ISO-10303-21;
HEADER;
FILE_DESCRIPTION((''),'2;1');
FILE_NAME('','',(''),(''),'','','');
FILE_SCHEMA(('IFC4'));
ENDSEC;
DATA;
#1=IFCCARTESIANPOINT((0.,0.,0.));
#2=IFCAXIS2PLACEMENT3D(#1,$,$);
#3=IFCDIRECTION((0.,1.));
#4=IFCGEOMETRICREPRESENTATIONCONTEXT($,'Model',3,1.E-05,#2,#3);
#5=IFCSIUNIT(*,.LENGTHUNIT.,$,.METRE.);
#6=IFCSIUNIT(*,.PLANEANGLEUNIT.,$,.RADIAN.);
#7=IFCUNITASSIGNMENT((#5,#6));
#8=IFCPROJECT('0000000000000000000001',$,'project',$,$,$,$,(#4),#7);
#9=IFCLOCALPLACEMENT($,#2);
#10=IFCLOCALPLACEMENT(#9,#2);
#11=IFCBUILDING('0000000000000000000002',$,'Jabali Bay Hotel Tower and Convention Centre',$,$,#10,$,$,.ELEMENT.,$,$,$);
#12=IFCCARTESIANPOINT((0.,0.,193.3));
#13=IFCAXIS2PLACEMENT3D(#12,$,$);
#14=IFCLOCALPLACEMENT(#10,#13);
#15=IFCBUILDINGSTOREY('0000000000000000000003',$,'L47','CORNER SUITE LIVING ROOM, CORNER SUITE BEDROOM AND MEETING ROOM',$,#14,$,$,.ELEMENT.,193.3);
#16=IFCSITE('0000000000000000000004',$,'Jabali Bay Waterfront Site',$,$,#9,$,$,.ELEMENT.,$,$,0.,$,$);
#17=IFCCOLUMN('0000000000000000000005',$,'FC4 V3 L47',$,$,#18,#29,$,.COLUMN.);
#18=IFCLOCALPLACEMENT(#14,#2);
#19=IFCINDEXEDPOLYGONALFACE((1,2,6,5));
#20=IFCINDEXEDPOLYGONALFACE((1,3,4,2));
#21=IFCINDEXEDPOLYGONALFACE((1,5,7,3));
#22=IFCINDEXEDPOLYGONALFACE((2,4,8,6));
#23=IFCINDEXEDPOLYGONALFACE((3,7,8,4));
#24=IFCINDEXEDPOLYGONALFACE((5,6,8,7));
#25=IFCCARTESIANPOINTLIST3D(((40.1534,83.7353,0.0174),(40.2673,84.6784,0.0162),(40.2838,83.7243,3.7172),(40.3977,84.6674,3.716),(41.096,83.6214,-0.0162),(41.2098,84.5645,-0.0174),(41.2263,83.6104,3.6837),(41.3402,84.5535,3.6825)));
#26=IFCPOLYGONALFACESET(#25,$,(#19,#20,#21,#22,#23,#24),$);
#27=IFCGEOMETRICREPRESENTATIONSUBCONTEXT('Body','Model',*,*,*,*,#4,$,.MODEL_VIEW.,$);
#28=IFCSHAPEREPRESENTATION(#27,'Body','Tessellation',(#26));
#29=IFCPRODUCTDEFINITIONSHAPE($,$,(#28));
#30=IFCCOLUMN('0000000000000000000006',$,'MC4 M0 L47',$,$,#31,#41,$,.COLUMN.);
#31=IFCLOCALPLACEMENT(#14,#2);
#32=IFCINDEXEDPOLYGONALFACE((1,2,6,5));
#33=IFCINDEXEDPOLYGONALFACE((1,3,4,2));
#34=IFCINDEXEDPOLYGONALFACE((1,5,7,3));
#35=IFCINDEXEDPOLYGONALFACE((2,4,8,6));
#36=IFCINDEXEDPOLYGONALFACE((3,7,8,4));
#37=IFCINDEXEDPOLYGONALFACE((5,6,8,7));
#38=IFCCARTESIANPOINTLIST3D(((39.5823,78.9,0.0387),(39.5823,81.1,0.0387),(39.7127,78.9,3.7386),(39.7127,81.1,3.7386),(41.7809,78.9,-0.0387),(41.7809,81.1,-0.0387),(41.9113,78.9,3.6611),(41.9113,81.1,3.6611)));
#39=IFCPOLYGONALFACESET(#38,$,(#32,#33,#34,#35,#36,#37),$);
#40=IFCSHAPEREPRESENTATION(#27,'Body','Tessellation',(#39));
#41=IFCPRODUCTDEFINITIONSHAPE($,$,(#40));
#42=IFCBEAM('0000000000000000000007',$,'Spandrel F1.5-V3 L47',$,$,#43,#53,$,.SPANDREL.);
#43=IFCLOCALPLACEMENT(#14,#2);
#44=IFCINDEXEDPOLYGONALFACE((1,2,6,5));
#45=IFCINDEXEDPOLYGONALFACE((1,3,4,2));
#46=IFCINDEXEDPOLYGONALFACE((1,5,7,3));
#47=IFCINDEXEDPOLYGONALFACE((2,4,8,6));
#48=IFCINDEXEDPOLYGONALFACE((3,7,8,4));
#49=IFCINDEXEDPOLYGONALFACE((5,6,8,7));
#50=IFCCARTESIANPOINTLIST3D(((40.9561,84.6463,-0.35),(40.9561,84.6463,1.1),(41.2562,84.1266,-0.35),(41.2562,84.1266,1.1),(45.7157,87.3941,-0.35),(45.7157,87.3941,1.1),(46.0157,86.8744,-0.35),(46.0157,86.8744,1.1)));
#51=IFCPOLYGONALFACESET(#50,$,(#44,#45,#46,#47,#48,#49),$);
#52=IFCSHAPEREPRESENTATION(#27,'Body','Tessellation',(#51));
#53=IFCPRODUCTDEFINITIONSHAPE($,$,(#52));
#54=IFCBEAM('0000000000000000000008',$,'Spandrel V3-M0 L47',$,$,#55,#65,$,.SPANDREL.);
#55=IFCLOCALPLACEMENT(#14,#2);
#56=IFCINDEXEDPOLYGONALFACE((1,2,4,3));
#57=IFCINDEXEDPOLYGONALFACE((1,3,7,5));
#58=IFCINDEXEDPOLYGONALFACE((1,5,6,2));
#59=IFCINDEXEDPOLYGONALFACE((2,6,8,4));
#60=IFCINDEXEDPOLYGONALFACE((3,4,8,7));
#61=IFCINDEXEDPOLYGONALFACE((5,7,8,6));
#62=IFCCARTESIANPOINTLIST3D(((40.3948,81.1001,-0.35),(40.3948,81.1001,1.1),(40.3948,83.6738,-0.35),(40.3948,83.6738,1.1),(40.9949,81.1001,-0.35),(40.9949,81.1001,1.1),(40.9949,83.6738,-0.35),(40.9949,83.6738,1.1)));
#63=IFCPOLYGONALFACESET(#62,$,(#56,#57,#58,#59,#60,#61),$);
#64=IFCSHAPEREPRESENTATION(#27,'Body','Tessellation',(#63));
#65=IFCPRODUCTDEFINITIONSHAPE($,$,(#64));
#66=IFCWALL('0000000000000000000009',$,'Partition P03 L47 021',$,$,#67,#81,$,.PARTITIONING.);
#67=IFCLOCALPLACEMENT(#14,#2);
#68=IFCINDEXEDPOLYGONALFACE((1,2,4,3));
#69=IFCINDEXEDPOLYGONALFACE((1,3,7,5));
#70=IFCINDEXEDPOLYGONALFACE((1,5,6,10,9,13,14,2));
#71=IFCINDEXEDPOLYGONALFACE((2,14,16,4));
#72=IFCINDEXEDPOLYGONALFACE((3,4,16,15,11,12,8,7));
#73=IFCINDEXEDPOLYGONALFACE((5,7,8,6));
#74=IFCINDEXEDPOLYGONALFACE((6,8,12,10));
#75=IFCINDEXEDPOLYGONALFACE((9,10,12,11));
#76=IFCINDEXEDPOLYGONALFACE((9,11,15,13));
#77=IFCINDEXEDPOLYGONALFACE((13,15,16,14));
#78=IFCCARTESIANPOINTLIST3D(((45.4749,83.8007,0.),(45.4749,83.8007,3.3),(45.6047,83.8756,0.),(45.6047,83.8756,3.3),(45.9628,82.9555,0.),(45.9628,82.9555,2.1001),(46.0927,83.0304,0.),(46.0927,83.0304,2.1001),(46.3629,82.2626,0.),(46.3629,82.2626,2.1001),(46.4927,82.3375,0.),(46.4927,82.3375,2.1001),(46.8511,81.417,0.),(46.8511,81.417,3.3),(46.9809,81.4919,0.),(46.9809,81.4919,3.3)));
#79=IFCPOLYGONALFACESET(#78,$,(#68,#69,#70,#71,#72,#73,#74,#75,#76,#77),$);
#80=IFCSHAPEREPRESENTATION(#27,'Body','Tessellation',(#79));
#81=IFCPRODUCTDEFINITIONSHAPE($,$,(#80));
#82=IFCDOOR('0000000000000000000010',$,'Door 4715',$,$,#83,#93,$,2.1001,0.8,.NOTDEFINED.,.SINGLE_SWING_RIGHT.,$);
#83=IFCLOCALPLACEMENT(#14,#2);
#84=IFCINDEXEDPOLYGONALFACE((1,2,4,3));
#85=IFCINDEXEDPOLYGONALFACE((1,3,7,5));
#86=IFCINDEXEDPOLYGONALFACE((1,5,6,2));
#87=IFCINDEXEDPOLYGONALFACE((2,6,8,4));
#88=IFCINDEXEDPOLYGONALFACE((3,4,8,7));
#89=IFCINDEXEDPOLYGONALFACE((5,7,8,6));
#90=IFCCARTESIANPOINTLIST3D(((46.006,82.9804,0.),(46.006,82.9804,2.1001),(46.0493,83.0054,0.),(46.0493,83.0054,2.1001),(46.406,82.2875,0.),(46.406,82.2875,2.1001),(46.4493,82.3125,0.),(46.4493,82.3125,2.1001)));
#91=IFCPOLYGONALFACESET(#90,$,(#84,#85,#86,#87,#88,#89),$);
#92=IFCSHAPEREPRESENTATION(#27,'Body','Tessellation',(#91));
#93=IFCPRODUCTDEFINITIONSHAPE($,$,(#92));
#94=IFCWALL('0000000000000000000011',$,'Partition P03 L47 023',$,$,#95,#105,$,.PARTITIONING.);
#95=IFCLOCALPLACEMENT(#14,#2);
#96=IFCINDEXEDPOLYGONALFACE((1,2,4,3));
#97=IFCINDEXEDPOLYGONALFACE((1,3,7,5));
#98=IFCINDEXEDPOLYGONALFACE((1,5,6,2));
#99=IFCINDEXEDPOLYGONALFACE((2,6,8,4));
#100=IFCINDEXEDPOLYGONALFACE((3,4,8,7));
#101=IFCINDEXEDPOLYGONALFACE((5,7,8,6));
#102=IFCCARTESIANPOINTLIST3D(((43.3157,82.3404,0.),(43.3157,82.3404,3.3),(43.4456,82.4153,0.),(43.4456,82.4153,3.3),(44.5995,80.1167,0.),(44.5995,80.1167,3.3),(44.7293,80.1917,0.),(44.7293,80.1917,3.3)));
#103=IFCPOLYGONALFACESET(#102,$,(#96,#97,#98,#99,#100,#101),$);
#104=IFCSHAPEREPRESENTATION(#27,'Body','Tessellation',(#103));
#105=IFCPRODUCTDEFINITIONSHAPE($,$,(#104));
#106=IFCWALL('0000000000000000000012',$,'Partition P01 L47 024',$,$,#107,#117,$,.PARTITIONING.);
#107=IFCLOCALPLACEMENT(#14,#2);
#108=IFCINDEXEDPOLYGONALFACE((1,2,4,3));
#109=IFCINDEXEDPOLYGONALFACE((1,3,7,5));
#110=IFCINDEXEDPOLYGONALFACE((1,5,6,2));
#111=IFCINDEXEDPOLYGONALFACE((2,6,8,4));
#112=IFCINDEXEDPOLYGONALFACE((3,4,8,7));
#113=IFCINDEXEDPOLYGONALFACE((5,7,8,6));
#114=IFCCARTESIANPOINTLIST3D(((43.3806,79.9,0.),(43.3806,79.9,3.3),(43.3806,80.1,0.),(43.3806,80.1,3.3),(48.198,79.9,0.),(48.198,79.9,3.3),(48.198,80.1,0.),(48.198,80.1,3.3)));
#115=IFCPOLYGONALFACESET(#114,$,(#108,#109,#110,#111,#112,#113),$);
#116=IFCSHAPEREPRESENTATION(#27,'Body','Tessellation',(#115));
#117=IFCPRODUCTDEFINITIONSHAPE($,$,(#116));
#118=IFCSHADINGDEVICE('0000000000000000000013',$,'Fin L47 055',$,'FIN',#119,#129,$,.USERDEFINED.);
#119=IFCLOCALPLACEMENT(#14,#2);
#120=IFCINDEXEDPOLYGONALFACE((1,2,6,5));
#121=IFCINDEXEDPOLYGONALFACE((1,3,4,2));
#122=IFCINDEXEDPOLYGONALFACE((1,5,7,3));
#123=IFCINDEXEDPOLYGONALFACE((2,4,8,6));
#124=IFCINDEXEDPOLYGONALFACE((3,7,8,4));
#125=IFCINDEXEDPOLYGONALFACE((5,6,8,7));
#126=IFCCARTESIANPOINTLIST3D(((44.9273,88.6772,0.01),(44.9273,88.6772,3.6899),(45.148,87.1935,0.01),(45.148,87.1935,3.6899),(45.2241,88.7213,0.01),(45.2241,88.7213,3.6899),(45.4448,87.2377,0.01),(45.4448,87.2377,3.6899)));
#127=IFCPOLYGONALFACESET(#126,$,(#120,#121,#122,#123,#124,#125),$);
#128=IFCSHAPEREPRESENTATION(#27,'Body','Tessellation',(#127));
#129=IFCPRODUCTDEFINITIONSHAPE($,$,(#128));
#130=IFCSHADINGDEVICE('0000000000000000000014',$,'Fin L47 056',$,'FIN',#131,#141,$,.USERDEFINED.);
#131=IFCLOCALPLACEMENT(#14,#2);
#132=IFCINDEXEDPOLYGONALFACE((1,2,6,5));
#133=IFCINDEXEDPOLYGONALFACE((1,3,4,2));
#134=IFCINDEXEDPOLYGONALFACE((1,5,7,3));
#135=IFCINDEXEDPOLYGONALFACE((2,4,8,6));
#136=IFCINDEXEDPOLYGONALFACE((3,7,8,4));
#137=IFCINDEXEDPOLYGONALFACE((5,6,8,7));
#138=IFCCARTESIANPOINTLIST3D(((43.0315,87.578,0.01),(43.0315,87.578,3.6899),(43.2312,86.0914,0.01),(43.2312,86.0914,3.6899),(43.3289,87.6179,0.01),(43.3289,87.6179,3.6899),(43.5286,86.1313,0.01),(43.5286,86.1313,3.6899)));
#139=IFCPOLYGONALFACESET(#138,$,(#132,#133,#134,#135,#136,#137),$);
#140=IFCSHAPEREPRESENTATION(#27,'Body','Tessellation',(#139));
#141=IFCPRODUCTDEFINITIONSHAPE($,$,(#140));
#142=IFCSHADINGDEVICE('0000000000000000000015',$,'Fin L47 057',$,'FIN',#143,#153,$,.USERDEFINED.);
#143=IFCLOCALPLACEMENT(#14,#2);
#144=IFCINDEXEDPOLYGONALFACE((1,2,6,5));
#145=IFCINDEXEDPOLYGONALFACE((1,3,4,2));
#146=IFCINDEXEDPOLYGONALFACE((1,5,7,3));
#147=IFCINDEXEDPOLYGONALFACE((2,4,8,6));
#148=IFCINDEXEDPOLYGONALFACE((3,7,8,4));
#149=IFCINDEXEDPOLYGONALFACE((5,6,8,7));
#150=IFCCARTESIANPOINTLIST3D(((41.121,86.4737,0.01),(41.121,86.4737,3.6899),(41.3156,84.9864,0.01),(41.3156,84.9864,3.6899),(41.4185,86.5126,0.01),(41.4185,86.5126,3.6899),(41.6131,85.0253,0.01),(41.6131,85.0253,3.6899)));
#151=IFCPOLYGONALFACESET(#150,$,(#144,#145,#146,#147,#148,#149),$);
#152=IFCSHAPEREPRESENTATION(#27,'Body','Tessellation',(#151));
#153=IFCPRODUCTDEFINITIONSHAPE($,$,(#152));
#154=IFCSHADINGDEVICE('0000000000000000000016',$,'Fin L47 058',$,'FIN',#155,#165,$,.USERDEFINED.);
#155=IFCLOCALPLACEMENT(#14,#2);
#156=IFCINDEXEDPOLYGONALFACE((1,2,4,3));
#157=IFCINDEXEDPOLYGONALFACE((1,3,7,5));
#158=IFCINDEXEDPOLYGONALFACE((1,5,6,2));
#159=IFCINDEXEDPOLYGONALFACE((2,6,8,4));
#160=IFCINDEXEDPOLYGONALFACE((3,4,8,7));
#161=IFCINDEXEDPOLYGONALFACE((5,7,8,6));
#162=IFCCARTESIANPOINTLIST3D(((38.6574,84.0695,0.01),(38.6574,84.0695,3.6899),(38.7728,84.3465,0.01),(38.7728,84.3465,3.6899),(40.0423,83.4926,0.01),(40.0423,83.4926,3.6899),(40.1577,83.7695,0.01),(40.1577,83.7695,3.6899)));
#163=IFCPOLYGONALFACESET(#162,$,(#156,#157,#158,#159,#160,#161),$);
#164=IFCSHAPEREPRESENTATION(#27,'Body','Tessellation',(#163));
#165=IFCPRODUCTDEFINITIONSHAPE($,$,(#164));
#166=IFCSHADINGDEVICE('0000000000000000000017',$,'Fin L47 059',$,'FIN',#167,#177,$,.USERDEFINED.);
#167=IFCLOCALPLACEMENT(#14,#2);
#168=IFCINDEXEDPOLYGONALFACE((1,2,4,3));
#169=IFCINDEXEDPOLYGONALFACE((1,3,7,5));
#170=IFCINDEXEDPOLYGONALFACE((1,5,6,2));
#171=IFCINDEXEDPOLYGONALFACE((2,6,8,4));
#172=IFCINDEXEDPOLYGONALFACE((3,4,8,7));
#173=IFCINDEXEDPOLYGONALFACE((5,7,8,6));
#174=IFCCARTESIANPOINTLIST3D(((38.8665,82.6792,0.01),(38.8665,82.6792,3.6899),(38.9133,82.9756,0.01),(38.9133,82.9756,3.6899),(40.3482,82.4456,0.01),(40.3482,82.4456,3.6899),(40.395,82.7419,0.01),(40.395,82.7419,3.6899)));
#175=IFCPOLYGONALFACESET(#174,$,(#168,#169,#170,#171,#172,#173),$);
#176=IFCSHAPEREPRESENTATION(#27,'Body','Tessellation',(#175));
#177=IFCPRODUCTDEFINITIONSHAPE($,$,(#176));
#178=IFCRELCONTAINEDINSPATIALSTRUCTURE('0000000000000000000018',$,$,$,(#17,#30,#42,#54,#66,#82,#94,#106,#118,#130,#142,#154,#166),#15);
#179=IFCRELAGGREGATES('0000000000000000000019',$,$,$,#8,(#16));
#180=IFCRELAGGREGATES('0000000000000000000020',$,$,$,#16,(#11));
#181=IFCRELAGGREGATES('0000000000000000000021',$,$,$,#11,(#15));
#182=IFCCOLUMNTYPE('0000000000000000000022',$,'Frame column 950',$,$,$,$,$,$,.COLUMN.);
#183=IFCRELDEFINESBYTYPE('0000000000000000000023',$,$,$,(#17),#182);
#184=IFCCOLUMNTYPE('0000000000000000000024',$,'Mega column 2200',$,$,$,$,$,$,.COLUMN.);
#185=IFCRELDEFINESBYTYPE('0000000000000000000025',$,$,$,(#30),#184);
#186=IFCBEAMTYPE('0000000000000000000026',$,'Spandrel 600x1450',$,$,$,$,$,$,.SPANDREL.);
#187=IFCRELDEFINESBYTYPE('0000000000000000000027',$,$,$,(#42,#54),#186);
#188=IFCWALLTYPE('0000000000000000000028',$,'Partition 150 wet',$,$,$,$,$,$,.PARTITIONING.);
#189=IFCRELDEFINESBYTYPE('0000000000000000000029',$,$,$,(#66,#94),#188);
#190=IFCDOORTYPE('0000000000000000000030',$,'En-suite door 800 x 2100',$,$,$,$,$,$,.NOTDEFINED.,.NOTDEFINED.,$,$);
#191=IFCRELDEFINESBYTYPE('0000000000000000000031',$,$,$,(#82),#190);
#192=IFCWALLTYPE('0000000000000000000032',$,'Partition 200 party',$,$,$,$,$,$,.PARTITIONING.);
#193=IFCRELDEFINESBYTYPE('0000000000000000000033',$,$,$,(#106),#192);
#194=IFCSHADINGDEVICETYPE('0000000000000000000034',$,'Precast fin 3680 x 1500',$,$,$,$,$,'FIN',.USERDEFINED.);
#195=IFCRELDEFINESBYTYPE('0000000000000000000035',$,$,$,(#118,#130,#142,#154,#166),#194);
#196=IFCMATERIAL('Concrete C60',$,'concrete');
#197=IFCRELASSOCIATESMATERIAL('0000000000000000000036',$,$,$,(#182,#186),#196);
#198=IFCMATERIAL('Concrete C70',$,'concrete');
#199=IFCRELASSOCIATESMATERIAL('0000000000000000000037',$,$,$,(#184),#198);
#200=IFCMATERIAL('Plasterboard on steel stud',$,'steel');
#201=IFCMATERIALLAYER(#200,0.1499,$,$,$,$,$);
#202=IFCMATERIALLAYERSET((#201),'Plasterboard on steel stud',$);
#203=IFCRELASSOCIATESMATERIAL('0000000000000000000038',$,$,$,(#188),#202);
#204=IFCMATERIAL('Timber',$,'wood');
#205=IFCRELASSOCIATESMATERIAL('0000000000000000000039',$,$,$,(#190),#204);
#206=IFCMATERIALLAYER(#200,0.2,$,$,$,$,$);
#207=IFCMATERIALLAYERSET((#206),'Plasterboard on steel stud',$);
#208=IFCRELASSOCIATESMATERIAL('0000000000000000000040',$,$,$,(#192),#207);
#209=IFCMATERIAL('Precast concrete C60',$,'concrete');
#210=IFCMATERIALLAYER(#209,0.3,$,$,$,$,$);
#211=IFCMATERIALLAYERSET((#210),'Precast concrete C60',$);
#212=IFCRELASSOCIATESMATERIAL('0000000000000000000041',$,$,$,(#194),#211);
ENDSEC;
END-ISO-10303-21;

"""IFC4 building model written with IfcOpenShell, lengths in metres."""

from ifc_helpers import new_model, si_unit, direction, frame, frame_2d, origin, origin_2d, place, context, subcontext, project, spatial, rectangle, extrude, material, layer, layer_set, material_profile, profile_set, type_object, element, fill, save


model = new_model("IFC4")

# Units and contexts
model_context = context("Model", 3, precision=1e-05, world=origin(), true_north=direction((0.0, 1.0)))
body_context = subcontext(model_context, "Body", "Model", "MODEL_VIEW")
ifc_project = project(units=[si_unit("LENGTHUNIT", "METRE"), si_unit("PLANEANGLEUNIT", "RADIAN")], contexts=[model_context])

# Site, building, storey
site_placement = place(None, origin())
site = spatial("IfcSite", under=ifc_project, at=site_placement, Name="Jabali Bay Waterfront Site", CompositionType="ELEMENT", RefElevation=0.0)
building_placement = place(site_placement, origin())
building = spatial("IfcBuilding", under=site, at=building_placement, Name="Jabali Bay Hotel Tower and Convention Centre", CompositionType="ELEMENT")
storey_placement = place(building_placement, frame((0.0, 0.0, 193.3)))
storey = spatial("IfcBuildingStorey", under=building, at=storey_placement, Name="L47", Description="CORNER SUITE LIVING ROOM, CORNER SUITE BEDROOM AND MEETING ROOM", CompositionType="ELEMENT", Elevation=193.3)

# Columns
ifc_material_1 = material(Name="Concrete C60", Category="concrete")
ifc_material_profile_1 = material_profile(ifc_material_1, rectangle(XDim=0.95, YDim=0.95, at=origin_2d()), Name="Frame column 950")
ifc_profile_set_1 = profile_set([ifc_material_profile_1], Name="Concrete C60")
column_type_1 = type_object("IfcColumnType", Name="Frame column 950", PredefinedType="COLUMN", material=ifc_profile_set_1)
column_1_placement = place(storey_placement, frame((40.6816, 84.1499, 0.0), z_axis=(0.035214, -0.002967, 0.999375), x_axis=(-0.992164, 0.119844, 0.035316)))
element("IfcColumn", 1, at=column_1_placement, inside=storey, type_object=column_type_1, Name="FC4 V3 L47", PredefinedType="COLUMN", context=body_context, shape_type="SweptSolid", body=[
    extrude(rectangle(XDim=0.95, YDim=0.95, at=origin_2d()), origin(), (0.0, 0.0, 1.0), 3.7021),
])
ifc_material_2 = material(Name="Concrete C70", Category="concrete")
ifc_material_profile_2 = material_profile(ifc_material_2, rectangle(XDim=2.2, YDim=2.2, at=origin_2d()), Name="Mega column 2200")
ifc_profile_set_2 = profile_set([ifc_material_profile_2], Name="Concrete C70")
column_type_2 = type_object("IfcColumnType", Name="Mega column 2200", PredefinedType="COLUMN", material=ifc_profile_set_2)
column_2_placement = place(storey_placement, frame((40.6816, 80.0, 0.0), z_axis=(0.035214, 0.0, 0.99938), x_axis=(0.0, 1.0, 0.0)))
element("IfcColumn", 2, at=column_2_placement, inside=storey, type_object=column_type_2, Name="MC4 M0 L47", PredefinedType="COLUMN", context=body_context, shape_type="SweptSolid", body=[
    extrude(rectangle(XDim=2.2, YDim=2.2, at=origin_2d()), origin(), (0.0, 0.0, 1.0), 3.7021),
])

# Beams
ifc_material_profile_3 = material_profile(ifc_material_1, rectangle(XDim=0.6001, YDim=1.45, at=origin_2d()), Name="Spandrel 600x1450")
ifc_profile_set_3 = profile_set([ifc_material_profile_3], Name="Concrete C60")
beam_type = type_object("IfcBeamType", Name="Spandrel 600x1450", PredefinedType="SPANDREL", material=ifc_profile_set_3)
beam_1_placement = place(storey_placement, frame((45.8657, 87.1343, 0.375), z_axis=(-0.866034, -0.499985, 0.0), x_axis=(0.499985, -0.866034, 0.0)))
element("IfcBeam", 3, at=beam_1_placement, inside=storey, type_object=beam_type, Name="Spandrel F1.5-V3 L47", PredefinedType="SPANDREL", context=body_context, shape_type="SweptSolid", body=[
    extrude(rectangle(XDim=0.6001, YDim=1.45, at=origin_2d()), origin(), (0.0, 0.0, 1.0), 5.4958),
])
beam_2_placement = place(storey_placement, frame((40.6948, 83.6738, 0.375), z_axis=(0.0, -1.0, 0.0), x_axis=(1.0, 0.0, 0.0)))
element("IfcBeam", 4, at=beam_2_placement, inside=storey, type_object=beam_type, Name="Spandrel V3-M0 L47", PredefinedType="SPANDREL", context=body_context, shape_type="SweptSolid", body=[
    extrude(rectangle(XDim=0.6001, YDim=1.45, at=origin_2d()), origin(), (0.0, 0.0, 1.0), 2.5737),
])

# Wall, opening, door
ifc_material_3 = material(Name="Plasterboard on steel stud", Category="steel")
ifc_layer_1 = layer(ifc_material_3, 0.1499)
ifc_layer_set_1 = layer_set([ifc_layer_1], Name="Plasterboard on steel stud")
wall_type_1 = type_object("IfcWallType", Name="Partition 150 wet", PredefinedType="PARTITIONING", material=ifc_layer_set_1)
wall_1_placement = place(storey_placement, frame((45.5398, 83.8381, 0.0), z_axis=(0.0, 0.0, 1.0), x_axis=(0.499984, -0.866035, 0.0)))
wall_1 = element("IfcWall", 5, at=wall_1_placement, inside=storey, type_object=wall_type_1, Name="Partition P03 L47 021", PredefinedType="PARTITIONING", context=body_context, shape_type="SweptSolid", body=[
    extrude(rectangle(XDim=2.7524, YDim=0.1499, at=frame_2d((1.3762, 0.0))), origin(), (0.0, 0.0, 1.0), 3.3),
])
opening_1_placement = place(wall_1_placement, frame((0.9761, 0.0, 0.0)))
opening_1 = element("IfcOpeningElement", 6, at=opening_1_placement, cuts=wall_1, PredefinedType="OPENING", context=body_context, shape_type="SweptSolid", body=[
    extrude(rectangle(XDim=0.8, YDim=2.1001, at=frame_2d((0.3999, 1.05))), frame((0.0, 0.0854, 0.0), z_axis=(0.0, -1.0, 0.0), x_axis=(1.0, 0.0, 0.0)), (0.0, 0.0, 1.0), 0.1709),
])
ifc_material_4 = material(Name="Timber", Category="wood")
door_type_1 = type_object("IfcDoorType", Name="En-suite door 800 x 2100", OperationType="NOTDEFINED", PredefinedType="NOTDEFINED", material=ifc_material_4)
door_1_placement = place(opening_1_placement, origin())
door_1 = element("IfcDoor", 7, at=door_1_placement, inside=storey, type_object=door_type_1, Name="Door 4715", OperationType="SINGLE_SWING_RIGHT", OverallHeight=2.1001, OverallWidth=0.8, PredefinedType="NOTDEFINED", context=body_context, shape_type="SweptSolid", body=[
    extrude(rectangle(XDim=0.8, YDim=2.1001, at=frame_2d((0.3999, 1.05))), frame((0.0, 0.0249, 0.0), z_axis=(0.0, -1.0, 0.0), x_axis=(1.0, 0.0, 0.0)), (0.0, 0.0, 1.0), 0.05),
])
fill(opening_1, door_1)

# Walls
wall_2_placement = place(storey_placement, frame((44.6643, 80.1543, 0.0), z_axis=(0.0, 0.0, 1.0), x_axis=(-0.499964, 0.866046, 0.0)))
element("IfcWall", 8, at=wall_2_placement, inside=storey, type_object=wall_type_1, Name="Partition P03 L47 023", PredefinedType="PARTITIONING", context=body_context, shape_type="SweptSolid", body=[
    extrude(rectangle(XDim=2.5676, YDim=0.1499, at=frame_2d((1.2837, 0.0))), origin(), (0.0, 0.0, 1.0), 3.3),
])
ifc_layer_2 = layer(ifc_material_3, 0.2)
ifc_layer_set_2 = layer_set([ifc_layer_2], Name="Plasterboard on steel stud")
wall_type_2 = type_object("IfcWallType", Name="Partition 200 party", PredefinedType="PARTITIONING", material=ifc_layer_set_2)
wall_3_placement = place(storey_placement, frame((43.3806, 80.0, 0.0), z_axis=(0.0, 0.0, 1.0), x_axis=(1.0, 0.0, 0.0)))
element("IfcWall", 9, at=wall_3_placement, inside=storey, type_object=wall_type_2, Name="Partition P01 L47 024", PredefinedType="PARTITIONING", context=body_context, shape_type="SweptSolid", body=[
    extrude(rectangle(XDim=4.8174, YDim=0.2, at=frame_2d((2.4087, 0.0))), origin(), (0.0, 0.0, 1.0), 3.3),
])

# Shading devices
ifc_material_5 = material(Name="Precast concrete C60", Category="concrete")
ifc_layer_3 = layer(ifc_material_5, 0.3)
ifc_layer_set_3 = layer_set([ifc_layer_3], Name="Precast concrete C60")
shading_device_type = type_object("IfcShadingDeviceType", Name="Precast fin 3680 x 1500", ElementType="FIN", PredefinedType="USERDEFINED", material=ifc_layer_set_3)
for number, where, z_axis, x_axis, name in (
    (10, (45.2964, 87.2156, 0.01), (0.0, 0.0, 1.0), (-0.147139, 0.989116, 0.0), "Fin L47 055"),
    (11, (43.3799, 86.1113, 0.01), (0.0, 0.0, 1.0), (-0.133145, 0.991097, 0.0), "Fin L47 056"),
    (12, (41.4644, 85.0059, 0.01), (0.0, 0.0, 1.0), (-0.129722, 0.99155, 0.0), "Fin L47 057"),
):
    element("IfcShadingDevice", number, at=place(storey_placement, frame(where, z_axis=z_axis, x_axis=x_axis)), inside=storey, type_object=shading_device_type, Name=name, ObjectType="FIN", PredefinedType="USERDEFINED", context=body_context, shape_type="SweptSolid", body=[
        extrude(rectangle(XDim=1.5, YDim=0.3, at=frame_2d((0.75, 0.0))), origin(), (0.0, 0.0, 1.0), 3.6799),
    ])
shading_device_1_placement = place(storey_placement, frame((40.0999, 83.6311, 0.01), z_axis=(0.0, 0.0, 1.0), x_axis=(-0.923096, 0.384569, 0.0)))
element("IfcShadingDevice", 13, at=shading_device_1_placement, inside=storey, type_object=shading_device_type, Name="Fin L47 058", ObjectType="FIN", PredefinedType="USERDEFINED", context=body_context, shape_type="SweptSolid", body=[
    extrude(rectangle(XDim=1.5002, YDim=0.3, at=frame_2d((0.75, 0.0))), origin(), (0.0, 0.0, 1.0), 3.6799),
])
for number, where, z_axis, x_axis, name in (
    (14, (40.3716, 82.5938, 0.01), (0.0, 0.0, 1.0), (-0.987795, 0.155762, 0.0), "Fin L47 059"),
):
    element("IfcShadingDevice", number, at=place(storey_placement, frame(where, z_axis=z_axis, x_axis=x_axis)), inside=storey, type_object=shading_device_type, Name=name, ObjectType="FIN", PredefinedType="USERDEFINED", context=body_context, shape_type="SweptSolid", body=[
        extrude(rectangle(XDim=1.5, YDim=0.3, at=frame_2d((0.75, 0.0))), origin(), (0.0, 0.0, 1.0), 3.6799),
    ])

save(model, "model.ifc")
